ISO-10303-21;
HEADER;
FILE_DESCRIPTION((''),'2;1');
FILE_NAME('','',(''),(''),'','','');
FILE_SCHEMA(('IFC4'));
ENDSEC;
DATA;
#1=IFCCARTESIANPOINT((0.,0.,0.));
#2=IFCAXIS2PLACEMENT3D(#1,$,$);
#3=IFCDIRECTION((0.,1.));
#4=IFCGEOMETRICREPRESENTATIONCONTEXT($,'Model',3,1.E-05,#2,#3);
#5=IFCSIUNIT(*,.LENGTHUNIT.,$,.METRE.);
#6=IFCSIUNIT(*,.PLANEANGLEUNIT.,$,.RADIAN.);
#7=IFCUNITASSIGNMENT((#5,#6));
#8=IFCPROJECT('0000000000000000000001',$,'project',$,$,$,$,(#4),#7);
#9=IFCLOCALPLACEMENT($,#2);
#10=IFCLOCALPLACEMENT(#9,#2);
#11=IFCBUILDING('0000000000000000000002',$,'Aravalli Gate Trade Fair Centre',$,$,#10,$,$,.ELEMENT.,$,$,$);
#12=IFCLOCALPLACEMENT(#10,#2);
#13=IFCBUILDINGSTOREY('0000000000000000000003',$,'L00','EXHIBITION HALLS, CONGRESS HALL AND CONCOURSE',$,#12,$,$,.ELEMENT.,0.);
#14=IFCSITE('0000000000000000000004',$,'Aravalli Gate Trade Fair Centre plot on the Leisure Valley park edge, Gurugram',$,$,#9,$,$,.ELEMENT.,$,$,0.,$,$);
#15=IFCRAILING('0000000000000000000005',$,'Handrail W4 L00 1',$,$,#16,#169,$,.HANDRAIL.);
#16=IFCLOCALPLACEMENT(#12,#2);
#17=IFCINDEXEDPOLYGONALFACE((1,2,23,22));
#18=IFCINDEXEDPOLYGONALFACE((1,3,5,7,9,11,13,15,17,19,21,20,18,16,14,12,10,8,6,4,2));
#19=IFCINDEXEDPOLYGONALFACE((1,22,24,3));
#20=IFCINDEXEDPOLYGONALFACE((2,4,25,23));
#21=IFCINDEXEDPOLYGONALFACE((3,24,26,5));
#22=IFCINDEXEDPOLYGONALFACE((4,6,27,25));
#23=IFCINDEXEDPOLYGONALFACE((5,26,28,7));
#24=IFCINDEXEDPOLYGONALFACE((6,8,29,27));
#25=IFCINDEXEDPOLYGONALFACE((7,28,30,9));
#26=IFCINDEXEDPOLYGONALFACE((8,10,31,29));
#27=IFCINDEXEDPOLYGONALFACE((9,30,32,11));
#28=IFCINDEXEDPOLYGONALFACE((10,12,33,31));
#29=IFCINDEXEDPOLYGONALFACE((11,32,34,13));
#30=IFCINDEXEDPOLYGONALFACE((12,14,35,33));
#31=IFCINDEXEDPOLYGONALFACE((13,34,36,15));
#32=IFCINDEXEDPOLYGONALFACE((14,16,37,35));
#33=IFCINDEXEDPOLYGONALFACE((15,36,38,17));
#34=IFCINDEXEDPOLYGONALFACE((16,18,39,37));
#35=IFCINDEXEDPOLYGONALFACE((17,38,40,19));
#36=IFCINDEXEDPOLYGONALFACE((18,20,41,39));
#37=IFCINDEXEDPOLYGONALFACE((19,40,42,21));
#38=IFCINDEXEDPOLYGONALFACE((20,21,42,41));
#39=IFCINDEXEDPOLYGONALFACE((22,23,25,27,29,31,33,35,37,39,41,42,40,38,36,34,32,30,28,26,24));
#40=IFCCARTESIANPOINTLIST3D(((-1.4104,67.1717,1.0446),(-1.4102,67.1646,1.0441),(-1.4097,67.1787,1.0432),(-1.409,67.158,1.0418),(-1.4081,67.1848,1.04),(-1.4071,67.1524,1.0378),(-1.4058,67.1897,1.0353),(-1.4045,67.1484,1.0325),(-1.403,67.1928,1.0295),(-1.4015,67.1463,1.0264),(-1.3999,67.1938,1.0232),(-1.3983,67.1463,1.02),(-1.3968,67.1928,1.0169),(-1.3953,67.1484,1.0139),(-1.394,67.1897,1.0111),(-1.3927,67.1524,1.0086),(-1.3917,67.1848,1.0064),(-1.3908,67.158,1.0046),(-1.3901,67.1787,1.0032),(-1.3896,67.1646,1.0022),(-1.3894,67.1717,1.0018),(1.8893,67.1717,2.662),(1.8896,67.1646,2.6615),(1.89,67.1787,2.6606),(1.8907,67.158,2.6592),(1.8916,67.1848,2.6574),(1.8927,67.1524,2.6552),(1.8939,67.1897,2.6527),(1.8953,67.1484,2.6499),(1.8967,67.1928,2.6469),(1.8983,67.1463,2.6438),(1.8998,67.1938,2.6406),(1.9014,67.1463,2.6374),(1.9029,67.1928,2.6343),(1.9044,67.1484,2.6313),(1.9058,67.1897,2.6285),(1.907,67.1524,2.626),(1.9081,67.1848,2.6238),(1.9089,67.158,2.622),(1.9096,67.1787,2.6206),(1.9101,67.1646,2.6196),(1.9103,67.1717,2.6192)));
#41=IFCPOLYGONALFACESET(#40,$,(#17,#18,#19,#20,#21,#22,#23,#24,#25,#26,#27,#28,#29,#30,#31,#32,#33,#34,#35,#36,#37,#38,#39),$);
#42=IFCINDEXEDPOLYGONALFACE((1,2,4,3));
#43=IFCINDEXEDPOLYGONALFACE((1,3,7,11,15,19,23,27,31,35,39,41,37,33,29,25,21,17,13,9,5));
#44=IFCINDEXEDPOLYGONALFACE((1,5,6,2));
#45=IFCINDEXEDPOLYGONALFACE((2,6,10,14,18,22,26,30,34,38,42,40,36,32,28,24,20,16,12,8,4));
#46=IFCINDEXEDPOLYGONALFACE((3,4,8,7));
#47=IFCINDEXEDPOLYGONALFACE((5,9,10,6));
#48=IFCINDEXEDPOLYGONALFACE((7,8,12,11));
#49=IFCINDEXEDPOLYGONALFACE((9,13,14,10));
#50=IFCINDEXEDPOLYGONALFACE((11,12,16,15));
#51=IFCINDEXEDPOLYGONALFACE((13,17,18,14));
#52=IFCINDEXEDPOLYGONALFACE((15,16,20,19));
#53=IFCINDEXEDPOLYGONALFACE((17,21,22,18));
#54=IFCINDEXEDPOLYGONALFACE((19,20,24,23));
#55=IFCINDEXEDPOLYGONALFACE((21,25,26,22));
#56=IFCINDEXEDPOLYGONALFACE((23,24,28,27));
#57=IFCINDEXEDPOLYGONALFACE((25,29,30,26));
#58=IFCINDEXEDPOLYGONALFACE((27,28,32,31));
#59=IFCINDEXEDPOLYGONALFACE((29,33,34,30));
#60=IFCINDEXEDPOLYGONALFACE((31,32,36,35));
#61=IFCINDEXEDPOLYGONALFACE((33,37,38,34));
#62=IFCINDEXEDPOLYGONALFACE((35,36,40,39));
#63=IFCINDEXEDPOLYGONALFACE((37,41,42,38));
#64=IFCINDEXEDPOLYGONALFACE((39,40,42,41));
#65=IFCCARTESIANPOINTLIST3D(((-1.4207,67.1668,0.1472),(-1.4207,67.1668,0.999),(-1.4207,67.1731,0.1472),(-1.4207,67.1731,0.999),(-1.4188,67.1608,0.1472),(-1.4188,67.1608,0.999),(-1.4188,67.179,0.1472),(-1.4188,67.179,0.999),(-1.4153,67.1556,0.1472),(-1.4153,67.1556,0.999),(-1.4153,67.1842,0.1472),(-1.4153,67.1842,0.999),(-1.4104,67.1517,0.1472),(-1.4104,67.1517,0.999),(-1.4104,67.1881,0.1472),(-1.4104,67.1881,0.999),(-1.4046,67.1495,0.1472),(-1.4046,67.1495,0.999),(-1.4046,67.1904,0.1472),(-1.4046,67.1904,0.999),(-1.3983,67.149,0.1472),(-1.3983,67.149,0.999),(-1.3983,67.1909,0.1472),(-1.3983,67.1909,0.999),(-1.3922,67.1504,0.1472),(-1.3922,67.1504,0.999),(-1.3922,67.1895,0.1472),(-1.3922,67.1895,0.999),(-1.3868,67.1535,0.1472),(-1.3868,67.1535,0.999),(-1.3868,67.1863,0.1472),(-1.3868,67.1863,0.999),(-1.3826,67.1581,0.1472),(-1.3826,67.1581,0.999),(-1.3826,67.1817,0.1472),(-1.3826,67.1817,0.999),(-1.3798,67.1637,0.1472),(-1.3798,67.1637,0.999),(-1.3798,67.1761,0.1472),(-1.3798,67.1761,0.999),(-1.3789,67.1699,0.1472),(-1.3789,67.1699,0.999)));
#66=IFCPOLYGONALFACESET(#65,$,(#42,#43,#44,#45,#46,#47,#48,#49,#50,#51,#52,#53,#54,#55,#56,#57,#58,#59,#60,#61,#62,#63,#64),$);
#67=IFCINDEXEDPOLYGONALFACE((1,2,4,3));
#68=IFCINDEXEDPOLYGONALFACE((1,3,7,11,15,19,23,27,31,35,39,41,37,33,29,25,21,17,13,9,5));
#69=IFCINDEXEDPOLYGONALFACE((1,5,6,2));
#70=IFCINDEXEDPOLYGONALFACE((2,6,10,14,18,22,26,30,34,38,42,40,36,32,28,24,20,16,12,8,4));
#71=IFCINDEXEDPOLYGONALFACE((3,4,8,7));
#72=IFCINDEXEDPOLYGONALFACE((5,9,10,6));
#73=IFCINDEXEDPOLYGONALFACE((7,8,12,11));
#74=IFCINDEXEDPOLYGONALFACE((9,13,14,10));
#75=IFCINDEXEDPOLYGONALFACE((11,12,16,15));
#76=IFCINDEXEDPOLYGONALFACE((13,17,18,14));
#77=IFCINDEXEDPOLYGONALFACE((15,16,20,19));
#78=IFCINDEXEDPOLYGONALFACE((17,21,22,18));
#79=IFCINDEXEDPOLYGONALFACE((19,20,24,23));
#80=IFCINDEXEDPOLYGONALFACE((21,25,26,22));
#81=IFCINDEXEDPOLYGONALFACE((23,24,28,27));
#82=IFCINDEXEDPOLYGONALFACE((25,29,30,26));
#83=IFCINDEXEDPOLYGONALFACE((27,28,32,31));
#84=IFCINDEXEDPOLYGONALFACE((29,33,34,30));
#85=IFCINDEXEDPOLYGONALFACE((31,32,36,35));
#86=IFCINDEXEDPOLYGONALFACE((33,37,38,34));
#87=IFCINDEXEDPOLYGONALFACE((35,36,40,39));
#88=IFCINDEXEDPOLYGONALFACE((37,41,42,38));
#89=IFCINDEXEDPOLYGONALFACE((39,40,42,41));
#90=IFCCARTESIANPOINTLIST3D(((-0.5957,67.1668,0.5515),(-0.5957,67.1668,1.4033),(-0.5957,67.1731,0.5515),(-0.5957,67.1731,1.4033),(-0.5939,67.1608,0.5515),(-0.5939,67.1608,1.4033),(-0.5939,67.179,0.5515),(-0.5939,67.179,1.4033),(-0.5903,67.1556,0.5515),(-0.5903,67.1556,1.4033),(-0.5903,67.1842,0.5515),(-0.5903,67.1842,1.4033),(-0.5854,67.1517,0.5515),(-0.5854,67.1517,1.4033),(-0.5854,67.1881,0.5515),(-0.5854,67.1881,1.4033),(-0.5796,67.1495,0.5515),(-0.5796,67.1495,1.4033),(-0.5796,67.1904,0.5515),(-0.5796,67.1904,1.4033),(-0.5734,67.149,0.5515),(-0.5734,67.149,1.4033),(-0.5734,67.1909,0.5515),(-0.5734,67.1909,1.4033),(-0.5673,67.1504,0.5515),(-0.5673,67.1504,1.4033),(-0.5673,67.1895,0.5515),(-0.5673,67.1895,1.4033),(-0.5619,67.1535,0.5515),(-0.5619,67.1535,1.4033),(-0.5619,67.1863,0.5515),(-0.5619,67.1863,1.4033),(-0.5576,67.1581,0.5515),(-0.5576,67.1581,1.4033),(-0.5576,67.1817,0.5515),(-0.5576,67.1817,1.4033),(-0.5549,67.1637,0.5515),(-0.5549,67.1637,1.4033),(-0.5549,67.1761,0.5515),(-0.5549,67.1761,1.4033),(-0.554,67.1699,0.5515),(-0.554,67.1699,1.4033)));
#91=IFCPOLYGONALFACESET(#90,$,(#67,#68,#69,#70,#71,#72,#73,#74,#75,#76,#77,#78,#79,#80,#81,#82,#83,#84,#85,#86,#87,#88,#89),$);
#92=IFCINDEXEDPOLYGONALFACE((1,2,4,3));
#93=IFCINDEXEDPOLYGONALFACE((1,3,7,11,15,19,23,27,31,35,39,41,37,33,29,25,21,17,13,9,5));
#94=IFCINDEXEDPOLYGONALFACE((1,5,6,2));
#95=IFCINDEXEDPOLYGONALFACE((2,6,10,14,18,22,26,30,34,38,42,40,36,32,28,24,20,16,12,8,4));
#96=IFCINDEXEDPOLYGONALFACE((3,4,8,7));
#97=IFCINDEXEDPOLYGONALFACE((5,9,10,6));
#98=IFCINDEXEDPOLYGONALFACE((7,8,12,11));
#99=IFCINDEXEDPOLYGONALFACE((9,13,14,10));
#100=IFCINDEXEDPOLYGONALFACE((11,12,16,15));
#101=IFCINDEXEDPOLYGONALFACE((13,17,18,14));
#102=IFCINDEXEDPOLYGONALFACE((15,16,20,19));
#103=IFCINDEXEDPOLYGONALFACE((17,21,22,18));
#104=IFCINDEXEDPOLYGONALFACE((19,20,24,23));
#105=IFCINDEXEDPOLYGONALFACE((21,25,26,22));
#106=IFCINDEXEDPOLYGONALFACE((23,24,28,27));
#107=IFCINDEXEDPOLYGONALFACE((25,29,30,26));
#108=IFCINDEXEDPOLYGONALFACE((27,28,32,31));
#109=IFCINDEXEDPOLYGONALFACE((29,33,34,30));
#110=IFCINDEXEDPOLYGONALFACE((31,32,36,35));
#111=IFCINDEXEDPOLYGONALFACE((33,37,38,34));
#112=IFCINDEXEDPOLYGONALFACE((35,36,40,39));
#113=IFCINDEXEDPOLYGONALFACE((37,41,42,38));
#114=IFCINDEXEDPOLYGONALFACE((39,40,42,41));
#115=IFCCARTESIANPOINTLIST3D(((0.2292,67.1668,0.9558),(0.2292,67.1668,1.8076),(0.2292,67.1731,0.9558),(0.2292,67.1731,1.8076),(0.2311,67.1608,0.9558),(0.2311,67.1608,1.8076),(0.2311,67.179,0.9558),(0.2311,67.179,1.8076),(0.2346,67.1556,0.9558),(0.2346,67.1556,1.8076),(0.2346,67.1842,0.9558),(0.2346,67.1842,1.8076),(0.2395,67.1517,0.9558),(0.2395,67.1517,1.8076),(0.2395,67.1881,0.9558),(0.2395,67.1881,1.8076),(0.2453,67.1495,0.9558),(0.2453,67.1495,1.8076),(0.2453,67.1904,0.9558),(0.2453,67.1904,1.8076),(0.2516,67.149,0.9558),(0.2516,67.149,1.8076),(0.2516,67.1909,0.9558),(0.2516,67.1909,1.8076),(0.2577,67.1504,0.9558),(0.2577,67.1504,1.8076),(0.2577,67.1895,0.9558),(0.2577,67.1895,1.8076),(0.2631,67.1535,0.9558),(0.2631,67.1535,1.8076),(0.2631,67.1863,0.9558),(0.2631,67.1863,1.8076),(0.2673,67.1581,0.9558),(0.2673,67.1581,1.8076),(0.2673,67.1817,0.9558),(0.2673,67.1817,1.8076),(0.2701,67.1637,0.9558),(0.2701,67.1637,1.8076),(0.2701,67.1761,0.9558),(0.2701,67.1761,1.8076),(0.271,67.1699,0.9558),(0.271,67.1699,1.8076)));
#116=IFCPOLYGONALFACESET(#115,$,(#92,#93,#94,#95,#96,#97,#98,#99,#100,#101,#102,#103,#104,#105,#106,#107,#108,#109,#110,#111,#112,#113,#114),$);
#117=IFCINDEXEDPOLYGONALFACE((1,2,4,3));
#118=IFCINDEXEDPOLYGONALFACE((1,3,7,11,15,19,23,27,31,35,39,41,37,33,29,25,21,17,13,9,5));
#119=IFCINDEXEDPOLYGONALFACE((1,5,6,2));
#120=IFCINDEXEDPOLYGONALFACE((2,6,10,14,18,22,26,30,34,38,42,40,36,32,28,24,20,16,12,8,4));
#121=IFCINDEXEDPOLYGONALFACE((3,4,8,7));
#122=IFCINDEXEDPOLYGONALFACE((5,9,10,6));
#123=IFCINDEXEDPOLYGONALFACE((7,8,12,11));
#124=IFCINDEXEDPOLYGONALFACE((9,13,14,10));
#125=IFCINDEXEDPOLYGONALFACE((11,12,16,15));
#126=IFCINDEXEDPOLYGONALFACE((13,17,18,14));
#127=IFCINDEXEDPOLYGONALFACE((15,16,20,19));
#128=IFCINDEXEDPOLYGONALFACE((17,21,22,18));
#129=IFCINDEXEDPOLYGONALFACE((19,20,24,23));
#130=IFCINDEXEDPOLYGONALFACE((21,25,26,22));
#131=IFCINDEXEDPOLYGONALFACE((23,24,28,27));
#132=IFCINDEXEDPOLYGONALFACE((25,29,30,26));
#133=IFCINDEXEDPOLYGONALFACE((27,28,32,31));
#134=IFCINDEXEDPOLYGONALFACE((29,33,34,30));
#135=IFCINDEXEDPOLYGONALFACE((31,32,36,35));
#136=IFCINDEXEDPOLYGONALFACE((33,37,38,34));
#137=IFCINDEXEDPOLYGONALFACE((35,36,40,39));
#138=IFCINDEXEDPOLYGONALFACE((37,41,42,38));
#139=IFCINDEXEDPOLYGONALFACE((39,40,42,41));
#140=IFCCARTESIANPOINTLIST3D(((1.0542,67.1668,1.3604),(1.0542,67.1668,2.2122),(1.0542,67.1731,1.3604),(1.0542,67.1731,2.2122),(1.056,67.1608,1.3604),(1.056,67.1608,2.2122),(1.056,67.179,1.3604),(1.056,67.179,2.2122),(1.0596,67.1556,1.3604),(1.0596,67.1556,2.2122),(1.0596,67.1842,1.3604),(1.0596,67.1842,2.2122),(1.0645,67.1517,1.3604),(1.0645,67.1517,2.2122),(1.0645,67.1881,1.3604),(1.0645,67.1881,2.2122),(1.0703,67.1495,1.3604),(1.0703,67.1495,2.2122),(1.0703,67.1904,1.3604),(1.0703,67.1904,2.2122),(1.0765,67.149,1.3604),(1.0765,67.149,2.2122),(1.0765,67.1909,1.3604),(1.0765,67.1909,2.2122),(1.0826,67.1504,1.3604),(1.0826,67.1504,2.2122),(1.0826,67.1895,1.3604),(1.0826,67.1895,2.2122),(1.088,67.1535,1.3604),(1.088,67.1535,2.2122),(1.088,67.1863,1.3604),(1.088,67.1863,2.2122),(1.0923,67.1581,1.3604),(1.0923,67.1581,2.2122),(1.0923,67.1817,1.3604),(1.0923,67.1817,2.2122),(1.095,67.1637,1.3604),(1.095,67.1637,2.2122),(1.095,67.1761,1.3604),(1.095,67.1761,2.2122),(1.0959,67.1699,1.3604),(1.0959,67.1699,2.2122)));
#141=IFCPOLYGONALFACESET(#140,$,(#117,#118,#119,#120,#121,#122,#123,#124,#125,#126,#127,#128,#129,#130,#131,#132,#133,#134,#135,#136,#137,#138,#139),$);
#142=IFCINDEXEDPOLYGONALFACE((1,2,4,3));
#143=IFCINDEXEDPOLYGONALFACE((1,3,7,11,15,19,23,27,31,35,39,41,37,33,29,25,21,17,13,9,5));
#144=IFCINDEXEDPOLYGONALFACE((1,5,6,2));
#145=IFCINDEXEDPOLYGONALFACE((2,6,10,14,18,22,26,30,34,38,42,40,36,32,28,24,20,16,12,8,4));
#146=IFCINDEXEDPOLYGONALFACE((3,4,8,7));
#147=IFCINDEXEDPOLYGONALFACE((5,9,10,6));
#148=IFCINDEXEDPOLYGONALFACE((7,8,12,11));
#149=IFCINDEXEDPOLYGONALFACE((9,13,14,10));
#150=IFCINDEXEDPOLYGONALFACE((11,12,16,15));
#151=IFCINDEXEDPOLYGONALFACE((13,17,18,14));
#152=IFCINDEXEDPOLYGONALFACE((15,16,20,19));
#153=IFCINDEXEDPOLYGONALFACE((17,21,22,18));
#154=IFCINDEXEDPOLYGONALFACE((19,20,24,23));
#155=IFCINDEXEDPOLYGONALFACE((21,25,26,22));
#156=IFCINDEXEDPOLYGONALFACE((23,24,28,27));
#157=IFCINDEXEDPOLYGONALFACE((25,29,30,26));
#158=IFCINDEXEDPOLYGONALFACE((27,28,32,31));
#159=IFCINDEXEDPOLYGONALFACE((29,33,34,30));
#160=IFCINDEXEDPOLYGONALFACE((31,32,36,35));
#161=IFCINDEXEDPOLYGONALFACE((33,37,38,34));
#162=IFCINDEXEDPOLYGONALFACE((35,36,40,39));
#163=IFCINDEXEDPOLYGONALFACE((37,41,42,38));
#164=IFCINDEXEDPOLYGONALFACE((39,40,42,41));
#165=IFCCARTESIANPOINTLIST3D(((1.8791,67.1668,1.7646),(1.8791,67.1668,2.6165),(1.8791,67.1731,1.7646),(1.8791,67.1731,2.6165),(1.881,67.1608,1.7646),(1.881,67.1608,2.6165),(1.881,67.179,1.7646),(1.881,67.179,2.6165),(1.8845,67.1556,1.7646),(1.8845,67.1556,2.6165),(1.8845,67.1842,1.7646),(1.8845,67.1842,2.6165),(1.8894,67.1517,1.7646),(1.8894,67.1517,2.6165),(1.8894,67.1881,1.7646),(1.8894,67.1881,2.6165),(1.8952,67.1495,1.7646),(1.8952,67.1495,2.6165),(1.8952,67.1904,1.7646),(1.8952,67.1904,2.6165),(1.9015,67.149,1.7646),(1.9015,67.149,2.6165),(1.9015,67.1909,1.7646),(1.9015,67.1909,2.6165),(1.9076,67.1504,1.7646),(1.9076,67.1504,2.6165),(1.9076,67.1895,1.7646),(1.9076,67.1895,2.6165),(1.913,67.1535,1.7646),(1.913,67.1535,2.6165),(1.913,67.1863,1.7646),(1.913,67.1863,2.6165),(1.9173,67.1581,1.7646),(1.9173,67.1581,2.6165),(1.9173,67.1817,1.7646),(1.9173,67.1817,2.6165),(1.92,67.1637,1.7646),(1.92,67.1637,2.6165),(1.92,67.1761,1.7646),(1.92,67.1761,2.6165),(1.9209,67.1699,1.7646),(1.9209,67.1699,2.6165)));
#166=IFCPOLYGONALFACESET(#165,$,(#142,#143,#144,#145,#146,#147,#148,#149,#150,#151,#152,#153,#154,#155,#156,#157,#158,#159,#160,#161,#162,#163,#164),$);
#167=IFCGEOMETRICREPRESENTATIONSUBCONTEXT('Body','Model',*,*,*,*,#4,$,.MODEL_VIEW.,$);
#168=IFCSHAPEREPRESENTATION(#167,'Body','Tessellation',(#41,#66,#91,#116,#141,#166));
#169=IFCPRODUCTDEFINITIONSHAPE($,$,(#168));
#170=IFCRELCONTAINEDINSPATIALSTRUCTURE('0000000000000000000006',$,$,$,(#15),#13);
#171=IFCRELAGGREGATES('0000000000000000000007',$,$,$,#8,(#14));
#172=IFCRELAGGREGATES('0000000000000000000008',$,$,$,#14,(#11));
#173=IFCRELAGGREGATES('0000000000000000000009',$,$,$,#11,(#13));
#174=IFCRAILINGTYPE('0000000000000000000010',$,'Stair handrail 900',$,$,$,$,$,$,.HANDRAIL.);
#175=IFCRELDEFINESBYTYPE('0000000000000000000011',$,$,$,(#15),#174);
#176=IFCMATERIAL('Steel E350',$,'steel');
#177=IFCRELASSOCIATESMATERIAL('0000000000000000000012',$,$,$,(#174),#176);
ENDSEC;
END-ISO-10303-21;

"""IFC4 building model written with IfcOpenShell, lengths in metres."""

from ifc_helpers import new_model, si_unit, direction, frame, origin, origin_2d, place, context, subcontext, project, spatial, circle, extrude, material, type_object, element, save


model = new_model("IFC4")

# Units and contexts
model_context = context("Model", 3, precision=1e-05, world=origin(), true_north=direction((0.0, 1.0)))
body_context = subcontext(model_context, "Body", "Model", "MODEL_VIEW")
ifc_project = project(units=[si_unit("LENGTHUNIT", "METRE"), si_unit("PLANEANGLEUNIT", "RADIAN")], contexts=[model_context])

# Site, building, storey
site_placement = place(None, origin())
site = spatial("IfcSite", under=ifc_project, at=site_placement, Name="Aravalli Gate Trade Fair Centre plot on the Leisure Valley park edge, Gurugram", CompositionType="ELEMENT", RefElevation=0.0)
building_placement = place(site_placement, origin())
building = spatial("IfcBuilding", under=site, at=building_placement, Name="Aravalli Gate Trade Fair Centre", CompositionType="ELEMENT")
storey_placement = place(building_placement, origin())
storey = spatial("IfcBuildingStorey", under=building, at=storey_placement, Name="L00", Description="EXHIBITION HALLS, CONGRESS HALL AND CONCOURSE", CompositionType="ELEMENT", Elevation=0.0)

# Railing
ifc_material_1 = material(Name="Steel E350", Category="steel")
railing_type = type_object("IfcRailingType", Name="Stair handrail 900", PredefinedType="HANDRAIL", material=ifc_material_1)
railing_1_placement = place(storey_placement, frame((-1.3999, 67.1699, 0.1472)))
element("IfcRailing", 1, at=railing_1_placement, inside=storey, type_object=railing_type, Name="Handrail W4 L00 1", PredefinedType="HANDRAIL", context=body_context, shape_type="SweptSolid", body=[
    extrude(circle(Radius=0.0239, at=origin_2d()), frame((0.0, 0.0, 0.876), z_axis=(0.897934, 0.0, 0.440131), x_axis=(0.0, 1.0, 0.0)), (0.0, 0.0, 1.0), 3.6748),
    extrude(circle(Radius=0.021, at=origin_2d()), origin(), (0.0, 0.0, 1.0), 0.8518),
    extrude(circle(Radius=0.021, at=origin_2d()), frame((0.825, 0.0, 0.4043)), (0.0, 0.0, 1.0), 0.8518),
    extrude(circle(Radius=0.021, at=origin_2d()), frame((1.6499, 0.0, 0.8086)), (0.0, 0.0, 1.0), 0.8518),
    extrude(circle(Radius=0.021, at=origin_2d()), frame((2.4749, 0.0, 1.2131)), (0.0, 0.0, 1.0), 0.8518),
    extrude(circle(Radius=0.021, at=origin_2d()), frame((3.2998, 0.0, 1.6174)), (0.0, 0.0, 1.0), 0.8518),
])

save(model, "model.ifc")
